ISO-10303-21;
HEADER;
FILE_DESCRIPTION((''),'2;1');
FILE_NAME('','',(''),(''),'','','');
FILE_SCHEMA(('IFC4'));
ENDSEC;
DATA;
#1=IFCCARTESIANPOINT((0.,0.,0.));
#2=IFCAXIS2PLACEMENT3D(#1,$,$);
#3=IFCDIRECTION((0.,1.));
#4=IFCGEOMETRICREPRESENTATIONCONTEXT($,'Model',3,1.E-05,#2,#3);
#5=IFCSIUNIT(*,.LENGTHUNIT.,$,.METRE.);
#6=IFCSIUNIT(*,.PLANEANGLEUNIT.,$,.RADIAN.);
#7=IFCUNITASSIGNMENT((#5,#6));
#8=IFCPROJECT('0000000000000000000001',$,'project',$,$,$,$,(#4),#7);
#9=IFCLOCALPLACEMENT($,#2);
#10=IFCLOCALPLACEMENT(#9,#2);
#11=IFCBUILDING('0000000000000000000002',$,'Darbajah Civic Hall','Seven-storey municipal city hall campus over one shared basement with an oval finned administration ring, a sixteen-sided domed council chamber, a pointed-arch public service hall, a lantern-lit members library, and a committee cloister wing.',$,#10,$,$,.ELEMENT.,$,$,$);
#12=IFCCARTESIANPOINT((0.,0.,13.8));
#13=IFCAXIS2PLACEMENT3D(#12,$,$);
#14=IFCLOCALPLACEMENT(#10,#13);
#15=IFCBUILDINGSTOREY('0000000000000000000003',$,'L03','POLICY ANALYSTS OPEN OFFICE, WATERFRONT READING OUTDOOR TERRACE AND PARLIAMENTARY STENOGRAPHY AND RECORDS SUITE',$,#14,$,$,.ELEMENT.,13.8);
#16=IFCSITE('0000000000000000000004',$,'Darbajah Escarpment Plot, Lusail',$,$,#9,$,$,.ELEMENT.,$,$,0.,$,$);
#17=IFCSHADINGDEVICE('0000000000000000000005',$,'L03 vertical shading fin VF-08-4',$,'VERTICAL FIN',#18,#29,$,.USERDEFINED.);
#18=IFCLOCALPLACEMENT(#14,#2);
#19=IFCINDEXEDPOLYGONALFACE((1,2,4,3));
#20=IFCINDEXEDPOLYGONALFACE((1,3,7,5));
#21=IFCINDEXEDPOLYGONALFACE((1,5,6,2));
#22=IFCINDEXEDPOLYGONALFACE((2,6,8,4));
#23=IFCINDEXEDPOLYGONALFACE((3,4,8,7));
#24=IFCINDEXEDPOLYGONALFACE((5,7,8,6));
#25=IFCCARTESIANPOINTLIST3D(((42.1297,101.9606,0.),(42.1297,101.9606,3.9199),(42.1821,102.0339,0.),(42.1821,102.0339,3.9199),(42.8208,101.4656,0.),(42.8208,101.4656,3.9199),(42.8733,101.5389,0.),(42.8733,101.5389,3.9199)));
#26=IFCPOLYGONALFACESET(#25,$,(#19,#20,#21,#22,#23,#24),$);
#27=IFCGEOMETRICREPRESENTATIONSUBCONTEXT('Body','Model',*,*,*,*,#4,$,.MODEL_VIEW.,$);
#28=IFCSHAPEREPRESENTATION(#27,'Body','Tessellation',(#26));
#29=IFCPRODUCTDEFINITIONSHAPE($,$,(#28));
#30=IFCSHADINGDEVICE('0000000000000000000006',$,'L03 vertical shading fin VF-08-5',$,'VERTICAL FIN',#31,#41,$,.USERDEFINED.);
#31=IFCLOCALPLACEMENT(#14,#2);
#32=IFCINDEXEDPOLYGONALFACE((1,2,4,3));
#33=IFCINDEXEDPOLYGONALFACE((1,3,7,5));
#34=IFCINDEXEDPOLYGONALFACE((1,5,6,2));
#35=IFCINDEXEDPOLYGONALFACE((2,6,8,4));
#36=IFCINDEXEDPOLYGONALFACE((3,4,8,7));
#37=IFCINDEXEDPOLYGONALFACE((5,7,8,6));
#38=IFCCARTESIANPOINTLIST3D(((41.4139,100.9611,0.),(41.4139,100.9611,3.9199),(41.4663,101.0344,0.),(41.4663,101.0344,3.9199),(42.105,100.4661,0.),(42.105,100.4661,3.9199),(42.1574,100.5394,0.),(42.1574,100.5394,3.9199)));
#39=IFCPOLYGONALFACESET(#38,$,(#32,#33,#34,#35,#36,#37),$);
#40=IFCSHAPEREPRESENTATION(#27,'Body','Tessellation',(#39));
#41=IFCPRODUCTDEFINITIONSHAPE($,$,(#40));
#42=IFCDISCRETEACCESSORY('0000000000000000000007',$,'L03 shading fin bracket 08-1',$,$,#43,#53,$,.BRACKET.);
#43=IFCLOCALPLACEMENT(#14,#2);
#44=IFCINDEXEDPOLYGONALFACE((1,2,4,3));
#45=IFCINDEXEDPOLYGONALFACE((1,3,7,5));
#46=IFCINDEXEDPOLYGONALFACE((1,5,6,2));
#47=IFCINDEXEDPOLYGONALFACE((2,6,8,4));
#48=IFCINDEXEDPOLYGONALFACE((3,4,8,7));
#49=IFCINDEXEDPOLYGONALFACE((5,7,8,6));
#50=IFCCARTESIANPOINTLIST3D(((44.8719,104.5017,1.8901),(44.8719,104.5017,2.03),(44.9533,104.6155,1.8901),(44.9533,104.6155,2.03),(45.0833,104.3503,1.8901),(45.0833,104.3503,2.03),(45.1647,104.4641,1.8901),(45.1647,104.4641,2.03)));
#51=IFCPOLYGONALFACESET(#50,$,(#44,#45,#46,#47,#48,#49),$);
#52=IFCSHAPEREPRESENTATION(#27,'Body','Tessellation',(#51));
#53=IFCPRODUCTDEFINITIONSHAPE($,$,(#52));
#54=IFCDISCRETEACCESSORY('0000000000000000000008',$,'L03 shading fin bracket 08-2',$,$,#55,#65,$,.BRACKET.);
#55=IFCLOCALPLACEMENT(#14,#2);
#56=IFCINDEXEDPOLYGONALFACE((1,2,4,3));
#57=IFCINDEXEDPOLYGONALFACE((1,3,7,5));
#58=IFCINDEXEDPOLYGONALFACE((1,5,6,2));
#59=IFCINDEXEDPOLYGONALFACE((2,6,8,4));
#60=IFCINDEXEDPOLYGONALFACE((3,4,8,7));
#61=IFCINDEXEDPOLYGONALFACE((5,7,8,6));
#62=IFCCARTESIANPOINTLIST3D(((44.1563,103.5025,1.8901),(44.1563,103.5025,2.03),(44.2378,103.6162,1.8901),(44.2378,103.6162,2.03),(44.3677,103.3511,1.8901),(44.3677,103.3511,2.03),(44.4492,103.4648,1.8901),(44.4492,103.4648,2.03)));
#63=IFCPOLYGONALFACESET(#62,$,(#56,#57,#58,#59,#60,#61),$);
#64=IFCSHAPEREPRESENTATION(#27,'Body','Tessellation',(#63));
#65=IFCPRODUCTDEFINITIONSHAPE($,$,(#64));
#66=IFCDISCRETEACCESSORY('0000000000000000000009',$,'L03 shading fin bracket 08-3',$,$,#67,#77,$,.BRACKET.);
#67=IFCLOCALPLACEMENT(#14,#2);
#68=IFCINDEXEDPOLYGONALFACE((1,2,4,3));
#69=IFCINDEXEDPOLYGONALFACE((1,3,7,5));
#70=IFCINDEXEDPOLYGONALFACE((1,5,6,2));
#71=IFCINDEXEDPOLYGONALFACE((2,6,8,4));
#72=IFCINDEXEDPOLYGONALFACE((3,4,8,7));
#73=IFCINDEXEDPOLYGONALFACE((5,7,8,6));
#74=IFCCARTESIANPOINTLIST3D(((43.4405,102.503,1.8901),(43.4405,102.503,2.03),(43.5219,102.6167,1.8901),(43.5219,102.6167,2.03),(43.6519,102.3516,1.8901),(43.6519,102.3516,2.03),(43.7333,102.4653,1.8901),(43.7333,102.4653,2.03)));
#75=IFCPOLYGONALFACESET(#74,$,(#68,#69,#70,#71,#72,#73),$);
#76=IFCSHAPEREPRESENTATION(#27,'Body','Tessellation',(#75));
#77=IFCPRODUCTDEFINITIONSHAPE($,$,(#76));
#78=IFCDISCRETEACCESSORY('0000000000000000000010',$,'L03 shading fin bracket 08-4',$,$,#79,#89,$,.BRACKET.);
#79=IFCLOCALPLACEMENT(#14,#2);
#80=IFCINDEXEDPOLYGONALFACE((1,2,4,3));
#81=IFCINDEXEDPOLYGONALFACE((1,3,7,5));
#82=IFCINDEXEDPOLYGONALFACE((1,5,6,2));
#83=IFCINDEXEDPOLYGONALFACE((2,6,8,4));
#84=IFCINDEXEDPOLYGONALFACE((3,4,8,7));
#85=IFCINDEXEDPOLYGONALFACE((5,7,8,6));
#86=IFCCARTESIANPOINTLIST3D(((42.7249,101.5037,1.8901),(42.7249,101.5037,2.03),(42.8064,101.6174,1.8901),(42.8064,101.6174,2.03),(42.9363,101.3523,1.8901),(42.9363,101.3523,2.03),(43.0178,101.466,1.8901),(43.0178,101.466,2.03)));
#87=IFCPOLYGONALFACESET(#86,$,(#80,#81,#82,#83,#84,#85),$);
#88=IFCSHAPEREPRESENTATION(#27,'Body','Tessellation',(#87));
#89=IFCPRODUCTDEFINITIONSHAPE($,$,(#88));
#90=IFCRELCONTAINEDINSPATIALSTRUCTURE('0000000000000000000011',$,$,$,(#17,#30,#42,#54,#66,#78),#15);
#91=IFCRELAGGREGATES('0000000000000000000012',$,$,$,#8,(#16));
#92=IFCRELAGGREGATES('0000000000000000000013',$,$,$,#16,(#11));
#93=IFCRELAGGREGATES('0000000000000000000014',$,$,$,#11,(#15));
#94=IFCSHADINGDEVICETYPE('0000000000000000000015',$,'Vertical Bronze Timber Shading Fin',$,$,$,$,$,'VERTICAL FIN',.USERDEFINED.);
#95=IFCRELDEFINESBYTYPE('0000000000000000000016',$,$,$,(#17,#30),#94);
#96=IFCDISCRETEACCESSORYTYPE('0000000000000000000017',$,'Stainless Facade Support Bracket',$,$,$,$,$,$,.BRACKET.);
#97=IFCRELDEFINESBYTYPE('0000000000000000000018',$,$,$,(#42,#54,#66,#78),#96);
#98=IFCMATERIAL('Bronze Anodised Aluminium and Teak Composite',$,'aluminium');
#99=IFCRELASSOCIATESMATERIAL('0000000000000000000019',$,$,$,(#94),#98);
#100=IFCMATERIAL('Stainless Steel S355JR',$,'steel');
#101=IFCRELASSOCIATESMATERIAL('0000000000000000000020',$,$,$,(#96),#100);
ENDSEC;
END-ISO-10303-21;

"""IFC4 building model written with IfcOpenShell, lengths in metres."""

from ifc_helpers import new_model, si_unit, direction, frame, origin, origin_2d, place, context, subcontext, project, spatial, rectangle, extrude, material, type_object, element, save


model = new_model("IFC4")

# Units and contexts
model_context = context("Model", 3, precision=1e-05, world=origin(), true_north=direction((0.0, 1.0)))
body_context = subcontext(model_context, "Body", "Model", "MODEL_VIEW")
ifc_project = project(units=[si_unit("LENGTHUNIT", "METRE"), si_unit("PLANEANGLEUNIT", "RADIAN")], contexts=[model_context])

# Site, building, storey
site_placement = place(None, origin())
site = spatial("IfcSite", under=ifc_project, at=site_placement, Name="Darbajah Escarpment Plot, Lusail", CompositionType="ELEMENT", RefElevation=0.0)
building_placement = place(site_placement, origin())
building = spatial("IfcBuilding", under=site, at=building_placement, Name="Darbajah Civic Hall", Description="Seven-storey municipal city hall campus over one shared basement with an oval finned administration ring, a sixteen-sided domed council chamber, a pointed-arch public service hall, a lantern-lit members library, and a committee cloister wing.", CompositionType="ELEMENT")
storey_placement = place(building_placement, frame((0.0, 0.0, 13.8)))
storey = spatial("IfcBuildingStorey", under=building, at=storey_placement, Name="L03", Description="POLICY ANALYSTS OPEN OFFICE, WATERFRONT READING OUTDOOR TERRACE AND PARLIAMENTARY STENOGRAPHY AND RECORDS SUITE", CompositionType="ELEMENT", Elevation=13.8)

# Shading devices
ifc_material_1 = material(Name="Bronze Anodised Aluminium and Teak Composite", Category="aluminium")
shading_device_type = type_object("IfcShadingDeviceType", Name="Vertical Bronze Timber Shading Fin", ElementType="VERTICAL FIN", PredefinedType="USERDEFINED", material=ifc_material_1)
for number, where, z_axis, x_axis, name in (
    (1, (42.5015, 101.7498, 0.0), (0.0, 0.0, 1.0), (-0.812999, 0.582265, 0.0), "L03 vertical shading fin VF-08-4"),
    (2, (41.7856, 100.7502, 0.0), (0.0, 0.0, 1.0), (-0.812999, 0.582265, 0.0), "L03 vertical shading fin VF-08-5"),
):
    element("IfcShadingDevice", number, at=place(storey_placement, frame(where, z_axis=z_axis, x_axis=x_axis)), inside=storey, type_object=shading_device_type, Name=name, ObjectType="VERTICAL FIN", PredefinedType="USERDEFINED", context=body_context, shape_type="SweptSolid", body=[
        extrude(rectangle(XDim=0.8501, YDim=0.0901, at=origin_2d()), origin(), (0.0, 0.0, 1.0), 3.9199),
    ])

# Discrete accessories
ifc_material_2 = material(Name="Stainless Steel S355JR", Category="steel")
discrete_accessory_type = type_object("IfcDiscreteAccessoryType", Name="Stainless Facade Support Bracket", PredefinedType="BRACKET", material=ifc_material_2)
for number, where, z_axis, x_axis, name in (
    (3, (45.0183, 104.4829, 1.8901), (0.0, 0.0, 1.0), (-0.812999, 0.582265, 0.0), "L03 shading fin bracket 08-1"),
    (4, (44.3027, 103.4836, 1.8901), (0.0, 0.0, 1.0), (-0.812999, 0.582265, 0.0), "L03 shading fin bracket 08-2"),
    (5, (43.5869, 102.4841, 1.8901), (0.0, 0.0, 1.0), (-0.812999, 0.582265, 0.0), "L03 shading fin bracket 08-3"),
    (6, (42.8713, 101.4849, 1.8901), (0.0, 0.0, 1.0), (-0.812999, 0.582265, 0.0), "L03 shading fin bracket 08-4"),
):
    element("IfcDiscreteAccessory", number, at=place(storey_placement, frame(where, z_axis=z_axis, x_axis=x_axis)), inside=storey, type_object=discrete_accessory_type, Name=name, PredefinedType="BRACKET", context=body_context, shape_type="SweptSolid", body=[
        extrude(rectangle(XDim=0.26, YDim=0.1399, at=origin_2d()), origin(), (0.0, 0.0, 1.0), 0.1399),
    ])

save(model, "model.ifc")
